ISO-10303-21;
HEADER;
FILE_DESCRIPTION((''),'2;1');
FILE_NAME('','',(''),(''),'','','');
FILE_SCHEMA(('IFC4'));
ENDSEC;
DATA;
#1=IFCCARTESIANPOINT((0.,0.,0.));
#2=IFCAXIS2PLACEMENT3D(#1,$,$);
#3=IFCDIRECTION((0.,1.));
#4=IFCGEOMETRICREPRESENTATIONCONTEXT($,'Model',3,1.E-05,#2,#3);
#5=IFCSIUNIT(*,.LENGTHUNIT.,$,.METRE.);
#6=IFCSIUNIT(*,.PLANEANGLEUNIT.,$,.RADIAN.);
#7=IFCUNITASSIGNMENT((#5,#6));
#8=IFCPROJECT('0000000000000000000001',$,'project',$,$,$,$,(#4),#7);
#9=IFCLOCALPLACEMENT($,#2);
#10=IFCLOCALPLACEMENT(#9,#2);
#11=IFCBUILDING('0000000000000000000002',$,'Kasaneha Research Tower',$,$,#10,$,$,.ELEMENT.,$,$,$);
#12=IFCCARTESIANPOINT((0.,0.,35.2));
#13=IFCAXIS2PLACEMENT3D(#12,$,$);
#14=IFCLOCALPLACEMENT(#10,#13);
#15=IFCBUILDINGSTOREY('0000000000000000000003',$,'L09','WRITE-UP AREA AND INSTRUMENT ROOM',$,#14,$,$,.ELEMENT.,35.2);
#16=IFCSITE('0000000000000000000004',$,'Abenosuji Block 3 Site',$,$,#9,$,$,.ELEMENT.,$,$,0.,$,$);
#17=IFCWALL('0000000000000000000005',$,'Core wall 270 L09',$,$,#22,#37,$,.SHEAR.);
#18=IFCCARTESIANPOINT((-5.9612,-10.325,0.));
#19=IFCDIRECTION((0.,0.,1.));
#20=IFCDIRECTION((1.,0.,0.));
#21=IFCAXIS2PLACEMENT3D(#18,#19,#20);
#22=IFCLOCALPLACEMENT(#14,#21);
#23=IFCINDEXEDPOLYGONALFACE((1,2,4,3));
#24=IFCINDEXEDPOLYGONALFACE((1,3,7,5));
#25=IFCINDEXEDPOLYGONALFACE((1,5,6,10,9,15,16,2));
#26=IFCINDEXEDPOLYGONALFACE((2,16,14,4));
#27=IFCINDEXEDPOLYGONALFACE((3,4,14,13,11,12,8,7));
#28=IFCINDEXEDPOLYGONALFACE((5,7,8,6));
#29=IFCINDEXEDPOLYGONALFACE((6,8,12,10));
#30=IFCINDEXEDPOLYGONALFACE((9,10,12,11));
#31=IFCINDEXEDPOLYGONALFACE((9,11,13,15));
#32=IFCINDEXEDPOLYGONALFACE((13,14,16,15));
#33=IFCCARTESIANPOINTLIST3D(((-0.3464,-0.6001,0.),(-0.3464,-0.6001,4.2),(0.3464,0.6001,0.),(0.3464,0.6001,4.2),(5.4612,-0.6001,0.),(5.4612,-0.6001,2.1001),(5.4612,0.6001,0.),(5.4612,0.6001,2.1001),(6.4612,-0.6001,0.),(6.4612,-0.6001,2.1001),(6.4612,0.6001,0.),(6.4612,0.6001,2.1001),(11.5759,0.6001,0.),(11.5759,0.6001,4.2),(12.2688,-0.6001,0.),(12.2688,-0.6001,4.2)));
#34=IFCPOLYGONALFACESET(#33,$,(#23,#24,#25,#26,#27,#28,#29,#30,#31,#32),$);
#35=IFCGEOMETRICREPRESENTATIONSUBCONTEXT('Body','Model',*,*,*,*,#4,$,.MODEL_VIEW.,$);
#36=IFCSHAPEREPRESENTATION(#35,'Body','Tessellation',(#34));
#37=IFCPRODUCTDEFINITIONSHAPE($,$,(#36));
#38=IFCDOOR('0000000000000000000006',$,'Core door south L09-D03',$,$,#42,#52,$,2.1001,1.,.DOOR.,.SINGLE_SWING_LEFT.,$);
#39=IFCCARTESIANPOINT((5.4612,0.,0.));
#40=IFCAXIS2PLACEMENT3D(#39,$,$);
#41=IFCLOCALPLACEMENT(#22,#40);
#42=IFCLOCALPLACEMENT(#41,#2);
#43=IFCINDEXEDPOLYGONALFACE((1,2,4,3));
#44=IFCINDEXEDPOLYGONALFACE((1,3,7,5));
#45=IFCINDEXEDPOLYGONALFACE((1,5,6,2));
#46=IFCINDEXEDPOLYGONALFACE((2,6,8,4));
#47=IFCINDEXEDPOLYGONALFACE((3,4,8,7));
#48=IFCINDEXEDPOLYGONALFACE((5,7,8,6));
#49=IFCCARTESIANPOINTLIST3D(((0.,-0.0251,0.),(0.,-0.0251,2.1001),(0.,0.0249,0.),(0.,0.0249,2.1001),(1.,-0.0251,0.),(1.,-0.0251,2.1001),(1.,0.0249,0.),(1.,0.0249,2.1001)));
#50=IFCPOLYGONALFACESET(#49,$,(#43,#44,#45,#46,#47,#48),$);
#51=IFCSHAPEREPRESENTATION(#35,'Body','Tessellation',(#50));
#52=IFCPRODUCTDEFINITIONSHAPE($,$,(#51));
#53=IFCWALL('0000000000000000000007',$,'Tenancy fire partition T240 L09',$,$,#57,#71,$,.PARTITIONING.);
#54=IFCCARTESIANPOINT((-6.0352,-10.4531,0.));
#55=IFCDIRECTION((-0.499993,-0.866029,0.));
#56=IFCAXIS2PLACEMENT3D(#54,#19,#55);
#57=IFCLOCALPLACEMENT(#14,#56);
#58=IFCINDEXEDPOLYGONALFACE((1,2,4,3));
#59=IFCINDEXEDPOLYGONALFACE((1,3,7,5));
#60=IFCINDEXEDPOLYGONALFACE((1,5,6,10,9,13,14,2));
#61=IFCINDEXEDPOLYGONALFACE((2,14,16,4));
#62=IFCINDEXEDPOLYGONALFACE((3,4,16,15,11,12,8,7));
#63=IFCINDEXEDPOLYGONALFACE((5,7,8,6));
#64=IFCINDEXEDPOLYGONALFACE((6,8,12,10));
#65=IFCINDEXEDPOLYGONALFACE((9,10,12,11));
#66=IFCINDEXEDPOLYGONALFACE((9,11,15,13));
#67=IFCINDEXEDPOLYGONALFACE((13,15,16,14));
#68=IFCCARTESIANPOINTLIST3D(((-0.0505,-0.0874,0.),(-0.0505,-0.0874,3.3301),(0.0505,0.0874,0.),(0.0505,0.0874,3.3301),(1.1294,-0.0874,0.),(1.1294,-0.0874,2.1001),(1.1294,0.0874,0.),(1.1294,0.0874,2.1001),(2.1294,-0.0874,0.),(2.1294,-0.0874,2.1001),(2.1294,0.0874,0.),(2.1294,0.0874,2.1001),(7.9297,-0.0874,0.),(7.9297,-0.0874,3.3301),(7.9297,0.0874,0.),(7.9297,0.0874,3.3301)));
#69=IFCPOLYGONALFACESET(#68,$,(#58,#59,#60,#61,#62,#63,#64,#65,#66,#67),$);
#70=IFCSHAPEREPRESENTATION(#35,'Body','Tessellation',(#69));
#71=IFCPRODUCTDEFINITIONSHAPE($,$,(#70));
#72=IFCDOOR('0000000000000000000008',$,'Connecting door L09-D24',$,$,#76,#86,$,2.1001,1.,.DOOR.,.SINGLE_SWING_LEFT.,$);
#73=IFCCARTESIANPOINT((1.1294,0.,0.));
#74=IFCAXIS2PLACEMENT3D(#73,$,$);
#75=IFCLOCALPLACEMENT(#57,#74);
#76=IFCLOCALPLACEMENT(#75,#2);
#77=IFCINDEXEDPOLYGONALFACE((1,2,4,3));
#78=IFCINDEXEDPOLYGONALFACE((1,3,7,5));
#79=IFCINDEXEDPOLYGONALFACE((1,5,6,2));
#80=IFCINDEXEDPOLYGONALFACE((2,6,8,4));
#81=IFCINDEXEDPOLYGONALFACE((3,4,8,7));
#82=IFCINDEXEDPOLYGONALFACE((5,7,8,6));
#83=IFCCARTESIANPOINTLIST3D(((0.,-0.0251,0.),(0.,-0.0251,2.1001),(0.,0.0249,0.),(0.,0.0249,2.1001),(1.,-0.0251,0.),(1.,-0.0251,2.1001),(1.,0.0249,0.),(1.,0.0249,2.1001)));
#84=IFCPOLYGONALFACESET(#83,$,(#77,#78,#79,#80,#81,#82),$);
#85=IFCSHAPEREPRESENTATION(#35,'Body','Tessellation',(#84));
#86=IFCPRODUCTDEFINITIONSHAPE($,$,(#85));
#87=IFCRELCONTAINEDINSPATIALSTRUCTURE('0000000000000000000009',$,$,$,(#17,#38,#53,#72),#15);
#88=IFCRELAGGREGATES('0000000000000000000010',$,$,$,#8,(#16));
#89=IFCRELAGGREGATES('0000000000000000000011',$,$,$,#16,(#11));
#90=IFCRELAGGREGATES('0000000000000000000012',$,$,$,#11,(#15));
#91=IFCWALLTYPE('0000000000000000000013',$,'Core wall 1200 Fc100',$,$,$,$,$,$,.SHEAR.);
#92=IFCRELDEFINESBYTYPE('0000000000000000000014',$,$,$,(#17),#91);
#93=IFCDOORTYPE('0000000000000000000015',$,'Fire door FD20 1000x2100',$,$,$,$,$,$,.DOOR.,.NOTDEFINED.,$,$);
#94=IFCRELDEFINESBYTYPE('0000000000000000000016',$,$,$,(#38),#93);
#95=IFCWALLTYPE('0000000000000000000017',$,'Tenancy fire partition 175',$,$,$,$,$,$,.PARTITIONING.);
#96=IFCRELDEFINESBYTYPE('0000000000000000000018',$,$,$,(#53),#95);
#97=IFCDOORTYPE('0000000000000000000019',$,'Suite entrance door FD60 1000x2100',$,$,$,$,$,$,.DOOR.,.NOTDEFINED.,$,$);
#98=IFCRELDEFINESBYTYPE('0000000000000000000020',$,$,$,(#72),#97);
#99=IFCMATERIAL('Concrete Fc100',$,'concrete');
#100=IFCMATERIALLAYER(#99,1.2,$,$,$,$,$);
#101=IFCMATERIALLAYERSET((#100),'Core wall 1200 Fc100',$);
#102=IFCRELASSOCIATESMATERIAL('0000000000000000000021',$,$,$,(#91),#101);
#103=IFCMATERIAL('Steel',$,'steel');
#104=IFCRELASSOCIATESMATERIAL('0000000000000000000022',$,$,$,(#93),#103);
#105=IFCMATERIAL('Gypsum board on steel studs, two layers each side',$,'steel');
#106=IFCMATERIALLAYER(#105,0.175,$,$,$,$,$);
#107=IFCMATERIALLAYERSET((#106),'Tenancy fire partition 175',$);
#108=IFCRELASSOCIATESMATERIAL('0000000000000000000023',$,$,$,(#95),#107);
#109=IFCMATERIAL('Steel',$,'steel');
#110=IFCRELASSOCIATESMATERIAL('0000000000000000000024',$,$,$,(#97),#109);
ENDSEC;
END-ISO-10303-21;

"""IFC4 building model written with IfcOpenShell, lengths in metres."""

from ifc_helpers import new_model, si_unit, direction, frame, frame_2d, origin, place, context, subcontext, project, spatial, polyline, rectangle, outline, extrude, material, layer, layer_set, type_object, element, fill, save


model = new_model("IFC4")

# Units and contexts
model_context = context("Model", 3, precision=1e-05, world=origin(), true_north=direction((0.0, 1.0)))
body_context = subcontext(model_context, "Body", "Model", "MODEL_VIEW")
ifc_project = project(units=[si_unit("LENGTHUNIT", "METRE"), si_unit("PLANEANGLEUNIT", "RADIAN")], contexts=[model_context])

# Site, building, storey
site_placement = place(None, origin())
site = spatial("IfcSite", under=ifc_project, at=site_placement, Name="Abenosuji Block 3 Site", CompositionType="ELEMENT", RefElevation=0.0)
building_placement = place(site_placement, origin())
building = spatial("IfcBuilding", under=site, at=building_placement, Name="Kasaneha Research Tower", CompositionType="ELEMENT")
storey_placement = place(building_placement, frame((0.0, 0.0, 35.2)))
storey = spatial("IfcBuildingStorey", under=building, at=storey_placement, Name="L09", Description="WRITE-UP AREA AND INSTRUMENT ROOM", CompositionType="ELEMENT", Elevation=35.2)

# Walls, openings, doors
ifc_material_1 = material(Name="Concrete Fc100", Category="concrete")
ifc_layer_1 = layer(ifc_material_1, 1.2)
ifc_layer_set_1 = layer_set([ifc_layer_1], Name="Core wall 1200 Fc100")
wall_type_1 = type_object("IfcWallType", Name="Core wall 1200 Fc100", PredefinedType="SHEAR", material=ifc_layer_set_1)
wall_1_placement = place(storey_placement, frame((-5.9612, -10.325, 0.0), z_axis=(0.0, 0.0, 1.0), x_axis=(1.0, 0.0, 0.0)))
wall_1 = element("IfcWall", 1, at=wall_1_placement, inside=storey, type_object=wall_type_1, Name="Core wall 270 L09", PredefinedType="SHEAR", context=body_context, shape_type="SweptSolid", body=[
    extrude(outline(polyline([(-0.3464, -0.6001), (5.4612, -0.6001), (6.4612, -0.6001), (12.2688, -0.6001), (11.5759, 0.6001), (6.4612, 0.6001), (5.4612, 0.6001), (0.3464, 0.6001), (-0.3464, -0.6001)])), origin(), (0.0, 0.0, 1.0), 4.2),
])
opening_1_placement = place(wall_1_placement, frame((5.4612, 0.0, 0.0)))
opening_1 = element("IfcOpeningElement", 2, at=opening_1_placement, cuts=wall_1, PredefinedType="OPENING", context=body_context, shape_type="SweptSolid", body=[
    extrude(rectangle(XDim=1.0, YDim=2.1001, at=frame_2d((0.5, 1.05))), frame((0.0, 0.6099, 0.0), z_axis=(0.0, -1.0, 0.0), x_axis=(1.0, 0.0, 0.0)), (0.0, 0.0, 1.0), 1.22),
])
ifc_material_2 = material(Name="Steel", Category="steel")
door_type_1 = type_object("IfcDoorType", Name="Fire door FD20 1000x2100", OperationType="NOTDEFINED", PredefinedType="DOOR", material=ifc_material_2)
door_1_placement = place(opening_1_placement, origin())
door_1 = element("IfcDoor", 3, at=door_1_placement, inside=storey, type_object=door_type_1, Name="Core door south L09-D03", OperationType="SINGLE_SWING_LEFT", OverallHeight=2.1001, OverallWidth=1.0, PredefinedType="DOOR", context=body_context, shape_type="SweptSolid", body=[
    extrude(rectangle(XDim=1.0, YDim=2.1001, at=frame_2d((0.5, 1.05))), frame((0.0, 0.0249, 0.0), z_axis=(0.0, -1.0, 0.0), x_axis=(1.0, 0.0, 0.0)), (0.0, 0.0, 1.0), 0.05),
])
fill(opening_1, door_1)
ifc_material_3 = material(Name="Gypsum board on steel studs, two layers each side", Category="steel")
ifc_layer_2 = layer(ifc_material_3, 0.175)
ifc_layer_set_2 = layer_set([ifc_layer_2], Name="Tenancy fire partition 175")
wall_type_2 = type_object("IfcWallType", Name="Tenancy fire partition 175", PredefinedType="PARTITIONING", material=ifc_layer_set_2)
wall_2_placement = place(storey_placement, frame((-6.0352, -10.4531, 0.0), z_axis=(0.0, 0.0, 1.0), x_axis=(-0.499993, -0.866029, 0.0)))
wall_2 = element("IfcWall", 4, at=wall_2_placement, inside=storey, type_object=wall_type_2, Name="Tenancy fire partition T240 L09", PredefinedType="PARTITIONING", context=body_context, shape_type="SweptSolid", body=[
    extrude(outline(polyline([(-0.0505, -0.0874), (1.1294, -0.0874), (2.1294, -0.0874), (7.9297, -0.0874), (7.9297, 0.0874), (2.1294, 0.0874), (1.1294, 0.0874), (0.0505, 0.0874), (-0.0505, -0.0874)])), origin(), (0.0, 0.0, 1.0), 3.3301),
])
opening_2_placement = place(wall_2_placement, frame((1.1294, 0.0, 0.0)))
opening_2 = element("IfcOpeningElement", 5, at=opening_2_placement, cuts=wall_2, PredefinedType="OPENING", context=body_context, shape_type="SweptSolid", body=[
    extrude(rectangle(XDim=1.0, YDim=2.1001, at=frame_2d((0.5, 1.05))), frame((0.0, 0.0977, 0.0), z_axis=(0.0, -1.0, 0.0), x_axis=(1.0, 0.0, 0.0)), (0.0, 0.0, 1.0), 0.1951),
])
ifc_material_4 = material(Name="Steel", Category="steel")
door_type_2 = type_object("IfcDoorType", Name="Suite entrance door FD60 1000x2100", OperationType="NOTDEFINED", PredefinedType="DOOR", material=ifc_material_4)
door_2_placement = place(opening_2_placement, origin())
door_2 = element("IfcDoor", 6, at=door_2_placement, inside=storey, type_object=door_type_2, Name="Connecting door L09-D24", OperationType="SINGLE_SWING_LEFT", OverallHeight=2.1001, OverallWidth=1.0, PredefinedType="DOOR", context=body_context, shape_type="SweptSolid", body=[
    extrude(rectangle(XDim=1.0, YDim=2.1001, at=frame_2d((0.5, 1.05))), frame((0.0, 0.0249, 0.0), z_axis=(0.0, -1.0, 0.0), x_axis=(1.0, 0.0, 0.0)), (0.0, 0.0, 1.0), 0.05),
])
fill(opening_2, door_2)

save(model, "model.ifc")
